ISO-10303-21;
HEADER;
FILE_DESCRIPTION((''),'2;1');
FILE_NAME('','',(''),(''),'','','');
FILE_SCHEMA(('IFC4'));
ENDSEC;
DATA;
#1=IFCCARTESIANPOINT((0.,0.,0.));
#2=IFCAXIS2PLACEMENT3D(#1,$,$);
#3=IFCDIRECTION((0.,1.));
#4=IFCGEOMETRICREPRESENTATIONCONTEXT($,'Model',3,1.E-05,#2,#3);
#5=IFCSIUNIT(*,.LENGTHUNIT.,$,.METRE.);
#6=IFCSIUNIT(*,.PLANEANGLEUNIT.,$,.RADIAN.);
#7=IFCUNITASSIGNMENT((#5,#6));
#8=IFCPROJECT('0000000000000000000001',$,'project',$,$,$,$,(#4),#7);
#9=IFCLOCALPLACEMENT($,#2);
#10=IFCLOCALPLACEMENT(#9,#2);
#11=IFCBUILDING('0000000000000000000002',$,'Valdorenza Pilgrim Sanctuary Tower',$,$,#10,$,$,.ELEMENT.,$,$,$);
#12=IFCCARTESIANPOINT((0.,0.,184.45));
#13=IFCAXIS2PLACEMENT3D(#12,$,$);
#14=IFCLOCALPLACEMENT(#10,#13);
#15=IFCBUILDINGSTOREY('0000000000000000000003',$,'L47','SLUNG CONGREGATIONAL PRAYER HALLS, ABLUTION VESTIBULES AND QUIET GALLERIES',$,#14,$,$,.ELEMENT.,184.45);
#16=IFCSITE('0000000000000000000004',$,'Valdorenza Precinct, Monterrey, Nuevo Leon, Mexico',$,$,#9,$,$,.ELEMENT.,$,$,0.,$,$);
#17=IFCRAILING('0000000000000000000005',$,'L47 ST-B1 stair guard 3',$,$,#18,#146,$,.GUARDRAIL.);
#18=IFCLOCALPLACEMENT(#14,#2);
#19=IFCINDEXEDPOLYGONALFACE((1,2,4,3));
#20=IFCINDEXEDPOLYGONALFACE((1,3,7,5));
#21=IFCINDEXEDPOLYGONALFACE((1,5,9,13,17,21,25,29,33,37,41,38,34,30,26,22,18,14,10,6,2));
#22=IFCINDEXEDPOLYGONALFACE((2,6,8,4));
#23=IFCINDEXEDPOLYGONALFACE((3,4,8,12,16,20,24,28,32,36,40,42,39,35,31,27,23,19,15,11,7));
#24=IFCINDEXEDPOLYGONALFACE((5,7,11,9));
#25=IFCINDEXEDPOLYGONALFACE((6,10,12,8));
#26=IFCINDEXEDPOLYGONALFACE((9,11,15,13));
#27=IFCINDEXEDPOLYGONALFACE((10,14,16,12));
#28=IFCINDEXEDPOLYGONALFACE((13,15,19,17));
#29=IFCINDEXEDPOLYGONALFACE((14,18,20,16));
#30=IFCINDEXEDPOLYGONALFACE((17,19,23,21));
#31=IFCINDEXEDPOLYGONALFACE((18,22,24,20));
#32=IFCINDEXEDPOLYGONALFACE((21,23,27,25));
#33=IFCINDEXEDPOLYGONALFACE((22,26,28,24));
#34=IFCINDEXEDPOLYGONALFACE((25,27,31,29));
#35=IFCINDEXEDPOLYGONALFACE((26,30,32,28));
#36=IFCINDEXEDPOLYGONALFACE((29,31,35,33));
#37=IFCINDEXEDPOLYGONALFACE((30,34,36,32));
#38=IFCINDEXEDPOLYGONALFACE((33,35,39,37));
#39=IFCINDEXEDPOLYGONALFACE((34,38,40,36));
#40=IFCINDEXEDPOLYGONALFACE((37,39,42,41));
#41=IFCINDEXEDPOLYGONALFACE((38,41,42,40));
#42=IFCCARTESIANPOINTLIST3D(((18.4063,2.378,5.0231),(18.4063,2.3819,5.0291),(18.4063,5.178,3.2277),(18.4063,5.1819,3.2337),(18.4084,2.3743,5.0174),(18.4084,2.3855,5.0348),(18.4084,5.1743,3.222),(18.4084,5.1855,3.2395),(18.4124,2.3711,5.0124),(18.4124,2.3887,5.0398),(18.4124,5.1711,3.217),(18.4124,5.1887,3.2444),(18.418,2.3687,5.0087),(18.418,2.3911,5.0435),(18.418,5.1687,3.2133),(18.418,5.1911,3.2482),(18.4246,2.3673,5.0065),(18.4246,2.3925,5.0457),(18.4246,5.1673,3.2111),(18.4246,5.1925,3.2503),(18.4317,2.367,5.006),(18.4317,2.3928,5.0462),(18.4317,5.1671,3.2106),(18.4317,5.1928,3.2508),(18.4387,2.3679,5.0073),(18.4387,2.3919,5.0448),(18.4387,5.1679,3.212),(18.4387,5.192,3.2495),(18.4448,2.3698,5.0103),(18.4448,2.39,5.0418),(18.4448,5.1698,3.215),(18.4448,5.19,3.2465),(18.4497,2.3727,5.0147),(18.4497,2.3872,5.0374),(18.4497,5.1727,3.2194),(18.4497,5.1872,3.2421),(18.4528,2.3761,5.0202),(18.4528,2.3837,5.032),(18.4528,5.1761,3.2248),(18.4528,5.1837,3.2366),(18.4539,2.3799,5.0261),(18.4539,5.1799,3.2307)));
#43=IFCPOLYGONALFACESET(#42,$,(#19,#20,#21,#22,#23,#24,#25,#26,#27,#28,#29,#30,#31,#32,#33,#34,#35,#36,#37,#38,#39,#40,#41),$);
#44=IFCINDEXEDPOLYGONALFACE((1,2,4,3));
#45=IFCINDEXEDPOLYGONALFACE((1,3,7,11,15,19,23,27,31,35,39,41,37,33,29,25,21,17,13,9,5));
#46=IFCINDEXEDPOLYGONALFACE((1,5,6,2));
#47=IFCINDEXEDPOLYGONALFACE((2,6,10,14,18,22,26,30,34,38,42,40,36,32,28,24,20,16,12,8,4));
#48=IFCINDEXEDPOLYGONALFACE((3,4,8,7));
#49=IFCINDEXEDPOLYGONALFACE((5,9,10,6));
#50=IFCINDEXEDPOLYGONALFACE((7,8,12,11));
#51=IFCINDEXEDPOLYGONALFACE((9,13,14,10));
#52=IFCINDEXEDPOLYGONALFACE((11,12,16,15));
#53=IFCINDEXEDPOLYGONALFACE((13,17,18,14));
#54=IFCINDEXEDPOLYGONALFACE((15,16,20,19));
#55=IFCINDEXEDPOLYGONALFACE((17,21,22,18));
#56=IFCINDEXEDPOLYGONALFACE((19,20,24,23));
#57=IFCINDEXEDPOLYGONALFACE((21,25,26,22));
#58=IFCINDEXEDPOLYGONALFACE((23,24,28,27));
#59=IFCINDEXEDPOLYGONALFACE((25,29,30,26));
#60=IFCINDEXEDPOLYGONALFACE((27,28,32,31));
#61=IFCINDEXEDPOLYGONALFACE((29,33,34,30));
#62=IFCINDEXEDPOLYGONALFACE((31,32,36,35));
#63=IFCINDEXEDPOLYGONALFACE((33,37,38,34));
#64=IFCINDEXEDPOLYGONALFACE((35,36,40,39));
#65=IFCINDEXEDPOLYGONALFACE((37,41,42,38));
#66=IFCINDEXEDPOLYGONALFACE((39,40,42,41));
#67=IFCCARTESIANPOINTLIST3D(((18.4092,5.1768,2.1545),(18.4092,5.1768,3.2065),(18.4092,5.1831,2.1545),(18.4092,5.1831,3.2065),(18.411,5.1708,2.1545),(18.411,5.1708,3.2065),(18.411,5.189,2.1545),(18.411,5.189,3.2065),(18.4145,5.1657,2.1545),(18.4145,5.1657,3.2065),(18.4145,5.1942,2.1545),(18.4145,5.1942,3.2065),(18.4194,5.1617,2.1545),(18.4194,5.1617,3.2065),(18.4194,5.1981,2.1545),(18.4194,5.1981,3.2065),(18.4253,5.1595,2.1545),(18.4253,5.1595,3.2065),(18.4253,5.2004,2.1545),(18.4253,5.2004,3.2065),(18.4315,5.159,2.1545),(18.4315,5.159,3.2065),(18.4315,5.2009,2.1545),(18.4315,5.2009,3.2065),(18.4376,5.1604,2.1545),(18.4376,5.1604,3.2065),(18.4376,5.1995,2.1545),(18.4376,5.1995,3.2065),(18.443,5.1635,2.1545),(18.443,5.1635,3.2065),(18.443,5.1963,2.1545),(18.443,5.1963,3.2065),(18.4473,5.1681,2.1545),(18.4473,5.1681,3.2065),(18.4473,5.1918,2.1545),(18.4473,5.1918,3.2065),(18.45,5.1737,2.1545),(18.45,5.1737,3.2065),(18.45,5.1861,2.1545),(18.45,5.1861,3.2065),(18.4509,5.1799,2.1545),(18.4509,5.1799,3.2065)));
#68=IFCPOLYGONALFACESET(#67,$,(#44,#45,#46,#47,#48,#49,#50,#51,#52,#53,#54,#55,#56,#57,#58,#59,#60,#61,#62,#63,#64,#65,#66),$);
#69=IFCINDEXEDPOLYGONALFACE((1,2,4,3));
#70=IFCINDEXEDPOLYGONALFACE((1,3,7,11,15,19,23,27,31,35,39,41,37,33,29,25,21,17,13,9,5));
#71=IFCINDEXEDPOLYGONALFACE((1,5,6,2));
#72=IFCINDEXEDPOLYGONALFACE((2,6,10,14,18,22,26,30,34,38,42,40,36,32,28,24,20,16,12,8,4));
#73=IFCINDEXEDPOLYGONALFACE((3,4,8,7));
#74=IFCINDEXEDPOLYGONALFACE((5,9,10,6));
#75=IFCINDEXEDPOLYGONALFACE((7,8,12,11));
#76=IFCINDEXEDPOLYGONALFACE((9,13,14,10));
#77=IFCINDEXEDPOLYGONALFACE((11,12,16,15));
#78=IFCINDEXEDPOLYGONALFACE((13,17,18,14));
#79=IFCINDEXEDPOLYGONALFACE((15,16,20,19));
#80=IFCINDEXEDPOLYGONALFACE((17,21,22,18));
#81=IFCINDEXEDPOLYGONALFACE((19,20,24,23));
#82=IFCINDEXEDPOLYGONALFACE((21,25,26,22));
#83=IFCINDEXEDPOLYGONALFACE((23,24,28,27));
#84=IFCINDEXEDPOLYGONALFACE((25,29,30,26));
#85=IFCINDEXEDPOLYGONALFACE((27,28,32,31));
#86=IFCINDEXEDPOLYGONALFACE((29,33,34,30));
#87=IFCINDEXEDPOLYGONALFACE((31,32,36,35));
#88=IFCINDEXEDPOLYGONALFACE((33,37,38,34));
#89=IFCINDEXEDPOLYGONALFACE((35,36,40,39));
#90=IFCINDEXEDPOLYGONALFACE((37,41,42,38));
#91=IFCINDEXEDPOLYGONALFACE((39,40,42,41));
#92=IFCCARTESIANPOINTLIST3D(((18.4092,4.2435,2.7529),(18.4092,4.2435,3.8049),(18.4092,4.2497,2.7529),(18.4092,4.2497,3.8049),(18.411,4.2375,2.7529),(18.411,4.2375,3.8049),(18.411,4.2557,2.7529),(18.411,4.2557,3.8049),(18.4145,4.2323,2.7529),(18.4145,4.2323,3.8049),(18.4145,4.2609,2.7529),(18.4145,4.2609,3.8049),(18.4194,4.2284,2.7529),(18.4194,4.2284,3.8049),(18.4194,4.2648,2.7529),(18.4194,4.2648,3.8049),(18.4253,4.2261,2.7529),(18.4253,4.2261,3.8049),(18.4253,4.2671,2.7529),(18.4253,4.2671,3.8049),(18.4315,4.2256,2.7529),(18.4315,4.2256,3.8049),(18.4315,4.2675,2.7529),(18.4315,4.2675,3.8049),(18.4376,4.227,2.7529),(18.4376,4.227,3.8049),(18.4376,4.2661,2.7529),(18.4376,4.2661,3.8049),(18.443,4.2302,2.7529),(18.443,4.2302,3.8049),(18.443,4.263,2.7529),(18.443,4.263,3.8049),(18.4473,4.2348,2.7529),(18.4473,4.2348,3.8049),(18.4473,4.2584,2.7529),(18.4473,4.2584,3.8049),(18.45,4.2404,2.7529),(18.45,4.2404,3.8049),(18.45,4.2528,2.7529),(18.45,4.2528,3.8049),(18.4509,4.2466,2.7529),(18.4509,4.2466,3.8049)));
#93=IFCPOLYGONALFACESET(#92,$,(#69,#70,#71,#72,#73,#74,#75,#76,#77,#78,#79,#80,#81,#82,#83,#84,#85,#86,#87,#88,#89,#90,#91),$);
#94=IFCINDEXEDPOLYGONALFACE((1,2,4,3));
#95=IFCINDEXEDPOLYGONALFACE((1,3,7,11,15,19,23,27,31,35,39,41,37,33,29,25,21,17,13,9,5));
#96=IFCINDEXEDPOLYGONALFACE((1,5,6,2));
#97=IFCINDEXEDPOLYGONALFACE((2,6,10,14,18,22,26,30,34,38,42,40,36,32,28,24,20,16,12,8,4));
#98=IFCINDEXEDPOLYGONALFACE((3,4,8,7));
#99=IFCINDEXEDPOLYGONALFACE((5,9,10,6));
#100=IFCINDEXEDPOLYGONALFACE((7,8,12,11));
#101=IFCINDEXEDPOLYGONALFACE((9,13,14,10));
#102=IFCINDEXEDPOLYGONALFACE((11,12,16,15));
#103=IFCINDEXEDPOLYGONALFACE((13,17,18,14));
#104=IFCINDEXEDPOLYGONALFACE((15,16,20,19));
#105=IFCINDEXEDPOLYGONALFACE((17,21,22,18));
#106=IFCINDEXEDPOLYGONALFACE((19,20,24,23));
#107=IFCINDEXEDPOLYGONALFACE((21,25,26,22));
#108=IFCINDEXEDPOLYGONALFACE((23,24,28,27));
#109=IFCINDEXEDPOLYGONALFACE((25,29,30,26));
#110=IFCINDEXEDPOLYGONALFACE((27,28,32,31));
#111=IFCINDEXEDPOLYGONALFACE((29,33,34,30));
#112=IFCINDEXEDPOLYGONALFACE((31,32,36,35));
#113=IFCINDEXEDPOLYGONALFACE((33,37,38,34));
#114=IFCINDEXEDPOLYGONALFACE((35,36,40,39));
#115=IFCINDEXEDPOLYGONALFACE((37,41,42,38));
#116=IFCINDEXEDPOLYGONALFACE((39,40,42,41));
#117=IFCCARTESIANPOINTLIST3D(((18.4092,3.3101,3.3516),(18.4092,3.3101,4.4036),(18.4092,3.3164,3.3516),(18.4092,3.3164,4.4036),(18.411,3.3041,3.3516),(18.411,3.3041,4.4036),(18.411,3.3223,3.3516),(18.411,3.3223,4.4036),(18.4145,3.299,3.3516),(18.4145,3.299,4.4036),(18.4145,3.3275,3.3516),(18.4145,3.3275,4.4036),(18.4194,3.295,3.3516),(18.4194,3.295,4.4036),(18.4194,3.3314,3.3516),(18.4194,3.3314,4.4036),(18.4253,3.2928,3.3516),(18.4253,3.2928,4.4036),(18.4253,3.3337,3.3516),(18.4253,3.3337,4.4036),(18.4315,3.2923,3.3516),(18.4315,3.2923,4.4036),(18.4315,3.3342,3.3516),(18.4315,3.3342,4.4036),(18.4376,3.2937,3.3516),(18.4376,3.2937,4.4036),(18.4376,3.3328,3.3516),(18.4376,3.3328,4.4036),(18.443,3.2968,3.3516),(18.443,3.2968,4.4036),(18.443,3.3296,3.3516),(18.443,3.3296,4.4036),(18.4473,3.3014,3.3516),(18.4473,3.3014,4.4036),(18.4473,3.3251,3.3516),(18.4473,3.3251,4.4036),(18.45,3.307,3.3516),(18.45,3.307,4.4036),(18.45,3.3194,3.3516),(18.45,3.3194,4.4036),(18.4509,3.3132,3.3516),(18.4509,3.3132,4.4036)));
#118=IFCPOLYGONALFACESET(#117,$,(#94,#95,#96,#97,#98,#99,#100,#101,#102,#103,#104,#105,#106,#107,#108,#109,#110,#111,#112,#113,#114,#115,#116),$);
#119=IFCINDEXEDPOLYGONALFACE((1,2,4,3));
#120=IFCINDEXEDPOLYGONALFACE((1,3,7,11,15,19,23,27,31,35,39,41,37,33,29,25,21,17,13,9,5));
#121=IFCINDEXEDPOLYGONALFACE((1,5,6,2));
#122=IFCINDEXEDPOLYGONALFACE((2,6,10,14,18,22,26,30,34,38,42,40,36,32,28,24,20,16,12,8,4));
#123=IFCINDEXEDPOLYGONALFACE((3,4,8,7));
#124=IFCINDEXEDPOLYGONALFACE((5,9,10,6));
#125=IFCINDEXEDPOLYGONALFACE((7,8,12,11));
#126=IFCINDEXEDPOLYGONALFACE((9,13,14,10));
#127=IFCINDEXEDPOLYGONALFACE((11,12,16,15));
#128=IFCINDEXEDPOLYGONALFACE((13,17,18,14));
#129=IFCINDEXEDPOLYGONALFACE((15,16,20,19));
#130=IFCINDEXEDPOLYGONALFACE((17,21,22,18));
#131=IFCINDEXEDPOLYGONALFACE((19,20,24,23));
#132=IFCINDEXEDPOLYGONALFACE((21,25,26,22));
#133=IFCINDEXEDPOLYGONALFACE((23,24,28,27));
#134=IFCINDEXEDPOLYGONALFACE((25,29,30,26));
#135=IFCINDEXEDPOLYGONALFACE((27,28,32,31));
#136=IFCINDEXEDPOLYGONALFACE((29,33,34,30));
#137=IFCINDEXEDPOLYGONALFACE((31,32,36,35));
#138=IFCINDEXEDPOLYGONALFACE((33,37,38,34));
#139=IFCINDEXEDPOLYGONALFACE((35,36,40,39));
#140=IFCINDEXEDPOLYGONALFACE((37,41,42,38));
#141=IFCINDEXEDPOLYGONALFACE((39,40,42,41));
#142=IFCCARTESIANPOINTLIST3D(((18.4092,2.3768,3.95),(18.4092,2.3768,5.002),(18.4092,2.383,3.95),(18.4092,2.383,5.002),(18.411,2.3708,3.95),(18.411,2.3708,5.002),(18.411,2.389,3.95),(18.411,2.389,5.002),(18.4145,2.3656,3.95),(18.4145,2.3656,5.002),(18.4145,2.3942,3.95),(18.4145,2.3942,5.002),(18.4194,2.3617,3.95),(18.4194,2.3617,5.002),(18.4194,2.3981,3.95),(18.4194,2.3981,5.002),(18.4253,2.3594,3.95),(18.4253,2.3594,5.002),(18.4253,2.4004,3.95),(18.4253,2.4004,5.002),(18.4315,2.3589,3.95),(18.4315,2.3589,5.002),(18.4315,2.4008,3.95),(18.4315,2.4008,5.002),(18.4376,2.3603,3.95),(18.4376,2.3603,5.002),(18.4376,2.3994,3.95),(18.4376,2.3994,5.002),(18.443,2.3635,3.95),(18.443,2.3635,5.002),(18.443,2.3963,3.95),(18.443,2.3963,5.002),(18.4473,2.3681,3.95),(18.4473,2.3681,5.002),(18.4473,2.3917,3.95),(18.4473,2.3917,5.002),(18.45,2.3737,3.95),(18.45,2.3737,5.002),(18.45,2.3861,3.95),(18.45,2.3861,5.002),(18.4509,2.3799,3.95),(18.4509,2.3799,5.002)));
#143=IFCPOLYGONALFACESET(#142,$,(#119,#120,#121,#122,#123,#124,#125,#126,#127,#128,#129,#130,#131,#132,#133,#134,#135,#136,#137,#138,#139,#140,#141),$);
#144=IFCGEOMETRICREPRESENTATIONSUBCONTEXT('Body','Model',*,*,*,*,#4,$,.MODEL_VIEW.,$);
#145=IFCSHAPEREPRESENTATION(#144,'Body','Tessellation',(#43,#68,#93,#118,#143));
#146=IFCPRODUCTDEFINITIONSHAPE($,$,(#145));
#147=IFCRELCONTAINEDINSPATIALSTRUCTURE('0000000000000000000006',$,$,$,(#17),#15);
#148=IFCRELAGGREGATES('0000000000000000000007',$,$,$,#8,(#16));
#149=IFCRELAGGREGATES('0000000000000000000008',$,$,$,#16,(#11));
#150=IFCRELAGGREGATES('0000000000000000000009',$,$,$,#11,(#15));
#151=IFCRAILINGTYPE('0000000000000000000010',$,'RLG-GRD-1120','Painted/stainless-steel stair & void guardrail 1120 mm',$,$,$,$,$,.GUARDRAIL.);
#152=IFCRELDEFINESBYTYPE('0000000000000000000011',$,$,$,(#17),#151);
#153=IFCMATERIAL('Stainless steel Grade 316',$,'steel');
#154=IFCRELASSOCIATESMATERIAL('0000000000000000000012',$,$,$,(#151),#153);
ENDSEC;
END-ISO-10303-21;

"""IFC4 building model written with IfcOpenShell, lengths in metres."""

from ifc_helpers import new_model, si_unit, direction, frame, origin, origin_2d, place, context, subcontext, project, spatial, circle, extrude, material, type_object, element, save


model = new_model("IFC4")

# Units and contexts
model_context = context("Model", 3, precision=1e-05, world=origin(), true_north=direction((0.0, 1.0)))
body_context = subcontext(model_context, "Body", "Model", "MODEL_VIEW")
ifc_project = project(units=[si_unit("LENGTHUNIT", "METRE"), si_unit("PLANEANGLEUNIT", "RADIAN")], contexts=[model_context])

# Site, building, storey
site_placement = place(None, origin())
site = spatial("IfcSite", under=ifc_project, at=site_placement, Name="Valdorenza Precinct, Monterrey, Nuevo Leon, Mexico", CompositionType="ELEMENT", RefElevation=0.0)
building_placement = place(site_placement, origin())
building = spatial("IfcBuilding", under=site, at=building_placement, Name="Valdorenza Pilgrim Sanctuary Tower", CompositionType="ELEMENT")
storey_placement = place(building_placement, frame((0.0, 0.0, 184.45)))
storey = spatial("IfcBuildingStorey", under=building, at=storey_placement, Name="L47", Description="SLUNG CONGREGATIONAL PRAYER HALLS, ABLUTION VESTIBULES AND QUIET GALLERIES", CompositionType="ELEMENT", Elevation=184.45)

# Railing
ifc_material_1 = material(Name="Stainless steel Grade 316", Category="steel")
railing_type_1 = type_object("IfcRailingType", Name="RLG-GRD-1120", Description="Painted/stainless-steel stair & void guardrail 1120 mm", PredefinedType="GUARDRAIL", material=ifc_material_1)
railing_1_placement = place(storey_placement, frame((18.4299, 5.1799, 2.1545)))
element("IfcRailing", 1, at=railing_1_placement, inside=storey, type_object=railing_type_1, Name="L47 ST-B1 stair guard 3", PredefinedType="GUARDRAIL", context=body_context, shape_type="SweptSolid", body=[
    extrude(circle(Radius=0.0239, at=origin_2d()), frame((0.0, 0.0, 1.0762), z_axis=(0.0, -0.84181, 0.539774), x_axis=(1.0, 0.0, 0.0)), (0.0, 0.0, 1.0), 3.3262),
    extrude(circle(Radius=0.021, at=origin_2d()), origin(), (0.0, 0.0, 1.0), 1.052),
    extrude(circle(Radius=0.021, at=origin_2d()), frame((0.0, -0.9333, 0.5984)), (0.0, 0.0, 1.0), 1.052),
    extrude(circle(Radius=0.021, at=origin_2d()), frame((0.0, -1.8667, 1.197)), (0.0, 0.0, 1.0), 1.052),
    extrude(circle(Radius=0.021, at=origin_2d()), frame((0.0, -2.8, 1.7954)), (0.0, 0.0, 1.0), 1.052),
])

save(model, "model.ifc")
